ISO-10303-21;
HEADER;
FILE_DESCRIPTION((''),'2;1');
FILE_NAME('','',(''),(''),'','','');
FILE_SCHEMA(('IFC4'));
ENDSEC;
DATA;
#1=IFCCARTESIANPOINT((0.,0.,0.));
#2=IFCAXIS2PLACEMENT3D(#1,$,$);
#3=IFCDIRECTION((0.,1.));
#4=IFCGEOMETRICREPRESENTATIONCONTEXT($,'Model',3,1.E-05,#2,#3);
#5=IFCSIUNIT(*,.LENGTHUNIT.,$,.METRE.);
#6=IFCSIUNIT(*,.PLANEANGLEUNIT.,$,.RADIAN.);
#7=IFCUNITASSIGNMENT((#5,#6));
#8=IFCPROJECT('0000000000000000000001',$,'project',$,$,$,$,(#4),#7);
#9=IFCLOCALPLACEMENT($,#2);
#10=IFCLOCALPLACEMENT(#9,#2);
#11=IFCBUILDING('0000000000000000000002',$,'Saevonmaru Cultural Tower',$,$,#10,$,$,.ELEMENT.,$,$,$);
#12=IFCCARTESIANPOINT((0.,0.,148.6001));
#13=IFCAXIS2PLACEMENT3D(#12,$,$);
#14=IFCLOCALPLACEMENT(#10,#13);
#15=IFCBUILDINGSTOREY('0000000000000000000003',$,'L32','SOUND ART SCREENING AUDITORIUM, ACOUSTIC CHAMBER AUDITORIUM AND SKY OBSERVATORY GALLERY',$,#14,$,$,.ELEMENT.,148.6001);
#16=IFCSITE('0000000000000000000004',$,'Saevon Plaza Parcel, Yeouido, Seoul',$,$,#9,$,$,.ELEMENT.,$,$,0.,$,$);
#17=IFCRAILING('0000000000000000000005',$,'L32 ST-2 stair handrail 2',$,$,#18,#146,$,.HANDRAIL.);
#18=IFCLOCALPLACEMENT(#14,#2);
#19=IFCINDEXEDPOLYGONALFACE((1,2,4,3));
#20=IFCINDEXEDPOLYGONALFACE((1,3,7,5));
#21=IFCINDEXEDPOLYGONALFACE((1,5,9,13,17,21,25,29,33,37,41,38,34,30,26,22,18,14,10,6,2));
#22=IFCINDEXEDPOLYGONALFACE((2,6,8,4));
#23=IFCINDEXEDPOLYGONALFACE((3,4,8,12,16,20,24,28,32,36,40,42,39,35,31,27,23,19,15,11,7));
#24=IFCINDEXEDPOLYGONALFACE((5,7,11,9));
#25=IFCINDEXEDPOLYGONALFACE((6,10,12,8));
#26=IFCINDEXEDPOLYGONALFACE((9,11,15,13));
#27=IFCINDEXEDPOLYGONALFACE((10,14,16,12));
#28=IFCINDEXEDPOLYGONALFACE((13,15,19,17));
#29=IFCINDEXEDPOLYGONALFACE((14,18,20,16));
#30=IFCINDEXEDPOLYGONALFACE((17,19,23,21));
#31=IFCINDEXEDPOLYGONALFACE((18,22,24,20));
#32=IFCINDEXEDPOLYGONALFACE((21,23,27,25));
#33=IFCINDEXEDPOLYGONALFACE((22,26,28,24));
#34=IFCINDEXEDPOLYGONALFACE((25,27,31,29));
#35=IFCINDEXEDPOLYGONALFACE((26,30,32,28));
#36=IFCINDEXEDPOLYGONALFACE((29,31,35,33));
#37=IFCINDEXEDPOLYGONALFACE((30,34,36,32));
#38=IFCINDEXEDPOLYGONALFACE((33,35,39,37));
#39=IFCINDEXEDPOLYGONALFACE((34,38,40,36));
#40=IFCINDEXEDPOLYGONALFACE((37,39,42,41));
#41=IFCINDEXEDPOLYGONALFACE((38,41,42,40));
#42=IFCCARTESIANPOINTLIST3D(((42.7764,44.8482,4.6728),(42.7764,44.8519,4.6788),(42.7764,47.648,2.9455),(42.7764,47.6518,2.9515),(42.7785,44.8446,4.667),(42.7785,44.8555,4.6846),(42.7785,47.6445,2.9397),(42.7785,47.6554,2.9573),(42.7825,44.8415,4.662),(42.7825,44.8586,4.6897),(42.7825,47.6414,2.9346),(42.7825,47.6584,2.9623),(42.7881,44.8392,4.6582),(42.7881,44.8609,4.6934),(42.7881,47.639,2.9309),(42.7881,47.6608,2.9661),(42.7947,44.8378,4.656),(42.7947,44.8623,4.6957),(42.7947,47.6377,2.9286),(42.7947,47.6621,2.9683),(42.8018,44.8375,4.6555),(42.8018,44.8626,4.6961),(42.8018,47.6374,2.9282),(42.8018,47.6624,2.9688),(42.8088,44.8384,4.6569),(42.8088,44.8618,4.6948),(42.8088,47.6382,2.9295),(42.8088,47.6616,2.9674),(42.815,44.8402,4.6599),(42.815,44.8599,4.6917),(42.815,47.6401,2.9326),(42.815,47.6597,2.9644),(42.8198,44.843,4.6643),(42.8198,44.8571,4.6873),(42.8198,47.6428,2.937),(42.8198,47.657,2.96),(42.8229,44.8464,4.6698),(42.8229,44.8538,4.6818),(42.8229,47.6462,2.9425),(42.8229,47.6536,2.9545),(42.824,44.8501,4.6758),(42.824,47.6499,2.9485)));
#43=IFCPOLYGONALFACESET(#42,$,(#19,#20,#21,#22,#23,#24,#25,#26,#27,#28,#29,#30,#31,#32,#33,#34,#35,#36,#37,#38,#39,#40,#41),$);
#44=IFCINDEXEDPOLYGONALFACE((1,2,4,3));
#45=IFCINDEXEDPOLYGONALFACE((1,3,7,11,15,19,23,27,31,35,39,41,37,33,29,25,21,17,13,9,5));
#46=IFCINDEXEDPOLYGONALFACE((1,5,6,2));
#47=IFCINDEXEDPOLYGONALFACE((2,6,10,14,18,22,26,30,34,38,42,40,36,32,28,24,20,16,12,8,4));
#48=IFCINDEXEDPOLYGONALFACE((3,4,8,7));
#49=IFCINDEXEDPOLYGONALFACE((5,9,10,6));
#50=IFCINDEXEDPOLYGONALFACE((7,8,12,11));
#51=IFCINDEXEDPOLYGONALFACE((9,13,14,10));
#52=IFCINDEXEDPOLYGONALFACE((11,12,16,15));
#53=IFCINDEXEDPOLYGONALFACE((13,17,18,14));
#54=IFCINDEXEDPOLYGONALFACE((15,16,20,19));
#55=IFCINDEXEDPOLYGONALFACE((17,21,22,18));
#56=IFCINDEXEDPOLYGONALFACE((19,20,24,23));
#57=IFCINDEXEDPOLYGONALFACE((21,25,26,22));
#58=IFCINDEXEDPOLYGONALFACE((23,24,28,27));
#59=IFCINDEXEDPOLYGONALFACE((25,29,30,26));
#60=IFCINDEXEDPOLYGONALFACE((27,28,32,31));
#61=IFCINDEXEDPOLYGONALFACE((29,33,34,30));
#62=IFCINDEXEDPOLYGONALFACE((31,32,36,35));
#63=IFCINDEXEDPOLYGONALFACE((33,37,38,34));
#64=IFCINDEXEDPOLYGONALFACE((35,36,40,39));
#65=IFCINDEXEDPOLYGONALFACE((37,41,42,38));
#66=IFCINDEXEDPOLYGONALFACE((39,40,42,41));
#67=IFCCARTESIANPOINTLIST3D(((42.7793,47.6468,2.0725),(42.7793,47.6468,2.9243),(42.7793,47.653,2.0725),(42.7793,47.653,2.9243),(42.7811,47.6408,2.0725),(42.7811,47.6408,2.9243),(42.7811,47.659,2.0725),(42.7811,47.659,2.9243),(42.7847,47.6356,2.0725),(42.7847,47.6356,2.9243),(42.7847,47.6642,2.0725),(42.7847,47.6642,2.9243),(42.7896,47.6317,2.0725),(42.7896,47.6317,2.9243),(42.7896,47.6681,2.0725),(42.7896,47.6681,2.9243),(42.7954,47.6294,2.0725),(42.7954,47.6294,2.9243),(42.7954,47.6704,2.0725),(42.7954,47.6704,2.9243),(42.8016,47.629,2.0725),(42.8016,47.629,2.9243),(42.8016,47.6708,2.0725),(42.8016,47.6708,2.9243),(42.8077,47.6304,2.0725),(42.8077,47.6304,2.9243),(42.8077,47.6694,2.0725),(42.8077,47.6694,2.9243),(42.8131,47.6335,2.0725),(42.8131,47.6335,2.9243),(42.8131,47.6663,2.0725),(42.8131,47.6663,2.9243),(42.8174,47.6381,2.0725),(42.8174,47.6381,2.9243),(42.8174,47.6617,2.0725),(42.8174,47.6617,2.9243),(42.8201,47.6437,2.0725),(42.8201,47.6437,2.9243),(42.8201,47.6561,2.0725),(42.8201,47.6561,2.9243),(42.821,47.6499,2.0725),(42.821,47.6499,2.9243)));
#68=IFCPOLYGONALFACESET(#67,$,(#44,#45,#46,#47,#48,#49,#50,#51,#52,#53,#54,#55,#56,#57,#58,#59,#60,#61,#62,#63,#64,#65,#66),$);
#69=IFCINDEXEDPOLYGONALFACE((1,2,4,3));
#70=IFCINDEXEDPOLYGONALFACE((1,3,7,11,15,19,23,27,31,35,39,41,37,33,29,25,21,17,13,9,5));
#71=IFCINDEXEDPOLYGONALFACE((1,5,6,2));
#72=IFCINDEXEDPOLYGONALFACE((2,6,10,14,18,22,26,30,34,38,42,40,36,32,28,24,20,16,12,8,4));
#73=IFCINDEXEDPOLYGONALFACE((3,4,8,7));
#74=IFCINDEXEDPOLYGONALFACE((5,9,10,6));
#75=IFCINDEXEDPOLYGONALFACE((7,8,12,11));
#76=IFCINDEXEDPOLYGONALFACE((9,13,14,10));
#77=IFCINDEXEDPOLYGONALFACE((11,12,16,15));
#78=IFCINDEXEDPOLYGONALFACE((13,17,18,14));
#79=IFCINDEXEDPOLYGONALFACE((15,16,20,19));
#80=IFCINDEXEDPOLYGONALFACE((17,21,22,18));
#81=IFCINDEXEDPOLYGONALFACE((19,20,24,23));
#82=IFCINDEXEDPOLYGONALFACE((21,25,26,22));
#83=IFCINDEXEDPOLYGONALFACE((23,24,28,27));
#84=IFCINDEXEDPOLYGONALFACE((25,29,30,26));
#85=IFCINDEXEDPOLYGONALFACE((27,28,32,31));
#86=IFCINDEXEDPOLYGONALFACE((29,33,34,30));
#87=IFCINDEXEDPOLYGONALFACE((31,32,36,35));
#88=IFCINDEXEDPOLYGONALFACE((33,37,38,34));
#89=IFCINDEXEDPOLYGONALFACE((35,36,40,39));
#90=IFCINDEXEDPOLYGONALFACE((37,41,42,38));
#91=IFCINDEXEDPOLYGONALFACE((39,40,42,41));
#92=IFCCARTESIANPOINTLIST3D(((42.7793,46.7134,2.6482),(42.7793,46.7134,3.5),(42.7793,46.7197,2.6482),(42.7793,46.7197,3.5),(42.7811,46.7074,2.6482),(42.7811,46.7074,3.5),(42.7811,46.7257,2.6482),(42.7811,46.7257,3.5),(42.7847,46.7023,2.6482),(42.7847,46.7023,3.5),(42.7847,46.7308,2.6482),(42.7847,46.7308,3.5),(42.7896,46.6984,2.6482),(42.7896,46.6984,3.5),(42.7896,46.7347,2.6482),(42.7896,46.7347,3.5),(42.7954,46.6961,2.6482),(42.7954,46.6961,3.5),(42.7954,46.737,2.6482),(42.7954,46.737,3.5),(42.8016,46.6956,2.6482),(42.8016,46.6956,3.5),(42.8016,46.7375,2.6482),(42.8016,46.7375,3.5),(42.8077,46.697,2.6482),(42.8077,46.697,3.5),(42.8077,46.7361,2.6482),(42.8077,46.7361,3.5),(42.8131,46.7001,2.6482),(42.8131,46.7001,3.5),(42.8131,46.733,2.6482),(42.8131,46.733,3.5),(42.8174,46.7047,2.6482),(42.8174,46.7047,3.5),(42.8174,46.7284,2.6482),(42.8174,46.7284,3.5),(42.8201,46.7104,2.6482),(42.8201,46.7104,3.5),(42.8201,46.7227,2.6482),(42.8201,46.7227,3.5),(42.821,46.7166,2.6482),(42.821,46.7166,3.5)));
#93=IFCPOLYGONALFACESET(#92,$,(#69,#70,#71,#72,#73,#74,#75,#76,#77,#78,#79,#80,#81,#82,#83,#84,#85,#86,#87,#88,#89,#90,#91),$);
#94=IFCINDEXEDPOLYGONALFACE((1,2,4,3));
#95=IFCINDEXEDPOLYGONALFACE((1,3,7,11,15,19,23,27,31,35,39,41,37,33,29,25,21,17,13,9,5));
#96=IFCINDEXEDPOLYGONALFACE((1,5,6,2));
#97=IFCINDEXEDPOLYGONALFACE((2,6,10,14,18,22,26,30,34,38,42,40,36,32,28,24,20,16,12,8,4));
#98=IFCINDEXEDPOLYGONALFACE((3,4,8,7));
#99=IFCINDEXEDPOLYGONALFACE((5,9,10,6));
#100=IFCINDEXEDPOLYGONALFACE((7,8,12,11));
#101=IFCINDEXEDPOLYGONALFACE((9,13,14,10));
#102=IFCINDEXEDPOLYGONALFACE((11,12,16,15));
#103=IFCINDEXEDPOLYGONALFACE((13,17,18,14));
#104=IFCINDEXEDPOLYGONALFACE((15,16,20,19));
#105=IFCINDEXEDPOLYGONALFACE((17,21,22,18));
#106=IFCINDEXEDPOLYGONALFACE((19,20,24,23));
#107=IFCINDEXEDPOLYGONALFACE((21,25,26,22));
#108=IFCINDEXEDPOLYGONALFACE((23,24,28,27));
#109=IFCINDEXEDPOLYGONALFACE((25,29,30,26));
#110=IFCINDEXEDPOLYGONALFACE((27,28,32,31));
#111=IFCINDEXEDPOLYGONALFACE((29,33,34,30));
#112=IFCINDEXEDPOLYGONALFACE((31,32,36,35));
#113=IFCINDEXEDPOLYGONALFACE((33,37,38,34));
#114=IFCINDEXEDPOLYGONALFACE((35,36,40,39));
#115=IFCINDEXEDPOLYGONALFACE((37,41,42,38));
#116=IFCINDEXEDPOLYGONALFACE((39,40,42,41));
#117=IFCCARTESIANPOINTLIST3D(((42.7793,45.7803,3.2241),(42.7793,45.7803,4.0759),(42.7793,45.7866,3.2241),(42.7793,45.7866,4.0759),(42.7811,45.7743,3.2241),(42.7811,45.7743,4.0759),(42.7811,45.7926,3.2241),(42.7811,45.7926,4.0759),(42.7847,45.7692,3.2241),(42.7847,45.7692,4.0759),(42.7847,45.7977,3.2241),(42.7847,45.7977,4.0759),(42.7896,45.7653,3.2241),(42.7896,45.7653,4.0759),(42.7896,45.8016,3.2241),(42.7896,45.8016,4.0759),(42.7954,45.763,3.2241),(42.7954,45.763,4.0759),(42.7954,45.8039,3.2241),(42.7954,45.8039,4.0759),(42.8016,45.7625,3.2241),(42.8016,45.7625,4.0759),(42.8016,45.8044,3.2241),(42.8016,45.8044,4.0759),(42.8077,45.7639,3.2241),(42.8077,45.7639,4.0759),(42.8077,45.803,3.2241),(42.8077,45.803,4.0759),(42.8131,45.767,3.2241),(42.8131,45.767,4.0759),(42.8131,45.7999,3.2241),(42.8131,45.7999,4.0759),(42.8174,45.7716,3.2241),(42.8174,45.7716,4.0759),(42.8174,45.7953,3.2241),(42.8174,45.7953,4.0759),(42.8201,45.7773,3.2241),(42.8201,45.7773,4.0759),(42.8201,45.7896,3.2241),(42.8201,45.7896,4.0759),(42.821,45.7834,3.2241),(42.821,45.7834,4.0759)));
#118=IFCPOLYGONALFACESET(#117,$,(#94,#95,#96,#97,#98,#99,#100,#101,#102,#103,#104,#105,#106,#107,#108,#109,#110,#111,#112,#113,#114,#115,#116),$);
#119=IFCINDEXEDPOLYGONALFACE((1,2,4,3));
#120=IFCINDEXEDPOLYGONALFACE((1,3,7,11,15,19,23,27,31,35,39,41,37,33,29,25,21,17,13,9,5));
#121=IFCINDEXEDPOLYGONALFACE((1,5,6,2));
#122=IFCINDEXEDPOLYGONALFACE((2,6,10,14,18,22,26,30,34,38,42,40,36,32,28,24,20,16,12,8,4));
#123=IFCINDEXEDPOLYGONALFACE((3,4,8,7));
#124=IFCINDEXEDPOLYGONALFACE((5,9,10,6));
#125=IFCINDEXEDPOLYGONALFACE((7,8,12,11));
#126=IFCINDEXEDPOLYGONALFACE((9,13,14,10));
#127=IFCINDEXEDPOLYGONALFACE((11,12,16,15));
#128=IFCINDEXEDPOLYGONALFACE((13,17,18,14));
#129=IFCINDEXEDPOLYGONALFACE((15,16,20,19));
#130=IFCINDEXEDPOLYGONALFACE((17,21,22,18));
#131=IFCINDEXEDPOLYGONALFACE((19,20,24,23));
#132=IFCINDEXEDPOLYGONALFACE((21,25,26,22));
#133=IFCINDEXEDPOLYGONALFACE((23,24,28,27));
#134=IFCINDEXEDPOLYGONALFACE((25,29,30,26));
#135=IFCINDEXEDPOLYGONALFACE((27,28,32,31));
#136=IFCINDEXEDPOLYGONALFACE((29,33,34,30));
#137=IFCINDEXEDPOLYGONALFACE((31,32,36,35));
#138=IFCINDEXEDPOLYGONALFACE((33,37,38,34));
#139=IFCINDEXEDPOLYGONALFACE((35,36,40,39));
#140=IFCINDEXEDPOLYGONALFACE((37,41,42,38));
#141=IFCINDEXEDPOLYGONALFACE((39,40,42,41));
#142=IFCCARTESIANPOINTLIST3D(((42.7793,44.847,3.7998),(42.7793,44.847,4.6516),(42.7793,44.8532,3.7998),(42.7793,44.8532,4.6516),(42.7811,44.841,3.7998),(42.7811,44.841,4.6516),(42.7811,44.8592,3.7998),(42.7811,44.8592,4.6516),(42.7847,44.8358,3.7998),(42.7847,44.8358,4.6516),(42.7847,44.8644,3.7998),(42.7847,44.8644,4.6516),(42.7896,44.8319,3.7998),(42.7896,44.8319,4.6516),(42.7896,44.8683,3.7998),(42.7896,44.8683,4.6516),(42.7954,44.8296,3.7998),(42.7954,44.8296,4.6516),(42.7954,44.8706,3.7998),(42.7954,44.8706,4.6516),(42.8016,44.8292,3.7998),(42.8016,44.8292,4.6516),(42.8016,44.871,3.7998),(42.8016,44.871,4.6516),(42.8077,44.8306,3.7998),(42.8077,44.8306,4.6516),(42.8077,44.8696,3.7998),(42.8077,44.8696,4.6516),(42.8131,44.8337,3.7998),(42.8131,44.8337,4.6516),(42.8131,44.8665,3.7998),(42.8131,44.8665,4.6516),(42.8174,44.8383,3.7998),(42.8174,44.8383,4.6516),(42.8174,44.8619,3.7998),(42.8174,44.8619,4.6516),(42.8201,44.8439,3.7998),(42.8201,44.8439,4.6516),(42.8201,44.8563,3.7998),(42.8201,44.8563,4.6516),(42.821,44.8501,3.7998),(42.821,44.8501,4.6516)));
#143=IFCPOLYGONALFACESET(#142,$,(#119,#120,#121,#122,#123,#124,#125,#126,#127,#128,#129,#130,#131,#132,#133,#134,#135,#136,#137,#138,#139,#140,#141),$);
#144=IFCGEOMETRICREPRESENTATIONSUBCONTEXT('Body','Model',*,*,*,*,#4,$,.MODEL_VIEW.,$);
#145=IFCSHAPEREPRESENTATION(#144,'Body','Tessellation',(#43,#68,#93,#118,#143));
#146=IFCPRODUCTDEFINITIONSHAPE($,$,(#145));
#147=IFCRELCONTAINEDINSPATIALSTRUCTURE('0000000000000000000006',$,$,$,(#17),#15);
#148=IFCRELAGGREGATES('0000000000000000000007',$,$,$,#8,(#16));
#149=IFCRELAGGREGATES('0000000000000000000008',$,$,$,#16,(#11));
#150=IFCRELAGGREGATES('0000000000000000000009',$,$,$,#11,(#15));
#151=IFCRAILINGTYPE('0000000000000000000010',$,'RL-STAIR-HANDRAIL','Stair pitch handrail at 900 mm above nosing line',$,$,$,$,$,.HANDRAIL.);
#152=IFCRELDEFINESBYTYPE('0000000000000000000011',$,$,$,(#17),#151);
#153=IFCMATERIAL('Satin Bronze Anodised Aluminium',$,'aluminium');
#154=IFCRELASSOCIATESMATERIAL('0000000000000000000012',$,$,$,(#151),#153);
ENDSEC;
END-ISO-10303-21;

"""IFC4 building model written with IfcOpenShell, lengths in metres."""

from ifc_helpers import new_model, si_unit, direction, frame, origin, origin_2d, place, context, subcontext, project, spatial, circle, extrude, material, type_object, element, save


model = new_model("IFC4")

# Units and contexts
model_context = context("Model", 3, precision=1e-05, world=origin(), true_north=direction((0.0, 1.0)))
body_context = subcontext(model_context, "Body", "Model", "MODEL_VIEW")
ifc_project = project(units=[si_unit("LENGTHUNIT", "METRE"), si_unit("PLANEANGLEUNIT", "RADIAN")], contexts=[model_context])

# Site, building, storey
site_placement = place(None, origin())
site = spatial("IfcSite", under=ifc_project, at=site_placement, Name="Saevon Plaza Parcel, Yeouido, Seoul", CompositionType="ELEMENT", RefElevation=0.0)
building_placement = place(site_placement, origin())
building = spatial("IfcBuilding", under=site, at=building_placement, Name="Saevonmaru Cultural Tower", CompositionType="ELEMENT")
storey_placement = place(building_placement, frame((0.0, 0.0, 148.6001)))
storey = spatial("IfcBuildingStorey", under=building, at=storey_placement, Name="L32", Description="SOUND ART SCREENING AUDITORIUM, ACOUSTIC CHAMBER AUDITORIUM AND SKY OBSERVATORY GALLERY", CompositionType="ELEMENT", Elevation=148.6001)

# Shared definitions
ifc_material_1 = material(Name="Satin Bronze Anodised Aluminium", Category="aluminium")

# Railing
railing_type_1 = type_object("IfcRailingType", Name="RL-STAIR-HANDRAIL", Description="Stair pitch handrail at 900 mm above nosing line", PredefinedType="HANDRAIL", material=ifc_material_1)
railing_1_placement = place(storey_placement, frame((42.8, 47.6499, 2.0725)))
element("IfcRailing", 1, at=railing_1_placement, inside=storey, type_object=railing_type_1, Name="L32 ST-2 stair handrail 2", PredefinedType="HANDRAIL", context=body_context, shape_type="SweptSolid", body=[
    extrude(circle(Radius=0.0239, at=origin_2d()), frame((0.0, 0.0, 0.876), z_axis=(0.0, -0.851069, 0.525054), x_axis=(1.0, 0.0, 0.0)), (0.0, 0.0, 1.0), 3.2898),
    extrude(circle(Radius=0.021, at=origin_2d()), origin(), (0.0, 0.0, 1.0), 0.8518),
    extrude(circle(Radius=0.021, at=origin_2d()), frame((0.0, -0.9333, 0.5757)), (0.0, 0.0, 1.0), 0.8518),
    extrude(circle(Radius=0.021, at=origin_2d()), frame((0.0, -1.8665, 1.1516)), (0.0, 0.0, 1.0), 0.8518),
    extrude(circle(Radius=0.021, at=origin_2d()), frame((0.0, -2.7998, 1.7273)), (0.0, 0.0, 1.0), 0.8518),
])

save(model, "model.ifc")
